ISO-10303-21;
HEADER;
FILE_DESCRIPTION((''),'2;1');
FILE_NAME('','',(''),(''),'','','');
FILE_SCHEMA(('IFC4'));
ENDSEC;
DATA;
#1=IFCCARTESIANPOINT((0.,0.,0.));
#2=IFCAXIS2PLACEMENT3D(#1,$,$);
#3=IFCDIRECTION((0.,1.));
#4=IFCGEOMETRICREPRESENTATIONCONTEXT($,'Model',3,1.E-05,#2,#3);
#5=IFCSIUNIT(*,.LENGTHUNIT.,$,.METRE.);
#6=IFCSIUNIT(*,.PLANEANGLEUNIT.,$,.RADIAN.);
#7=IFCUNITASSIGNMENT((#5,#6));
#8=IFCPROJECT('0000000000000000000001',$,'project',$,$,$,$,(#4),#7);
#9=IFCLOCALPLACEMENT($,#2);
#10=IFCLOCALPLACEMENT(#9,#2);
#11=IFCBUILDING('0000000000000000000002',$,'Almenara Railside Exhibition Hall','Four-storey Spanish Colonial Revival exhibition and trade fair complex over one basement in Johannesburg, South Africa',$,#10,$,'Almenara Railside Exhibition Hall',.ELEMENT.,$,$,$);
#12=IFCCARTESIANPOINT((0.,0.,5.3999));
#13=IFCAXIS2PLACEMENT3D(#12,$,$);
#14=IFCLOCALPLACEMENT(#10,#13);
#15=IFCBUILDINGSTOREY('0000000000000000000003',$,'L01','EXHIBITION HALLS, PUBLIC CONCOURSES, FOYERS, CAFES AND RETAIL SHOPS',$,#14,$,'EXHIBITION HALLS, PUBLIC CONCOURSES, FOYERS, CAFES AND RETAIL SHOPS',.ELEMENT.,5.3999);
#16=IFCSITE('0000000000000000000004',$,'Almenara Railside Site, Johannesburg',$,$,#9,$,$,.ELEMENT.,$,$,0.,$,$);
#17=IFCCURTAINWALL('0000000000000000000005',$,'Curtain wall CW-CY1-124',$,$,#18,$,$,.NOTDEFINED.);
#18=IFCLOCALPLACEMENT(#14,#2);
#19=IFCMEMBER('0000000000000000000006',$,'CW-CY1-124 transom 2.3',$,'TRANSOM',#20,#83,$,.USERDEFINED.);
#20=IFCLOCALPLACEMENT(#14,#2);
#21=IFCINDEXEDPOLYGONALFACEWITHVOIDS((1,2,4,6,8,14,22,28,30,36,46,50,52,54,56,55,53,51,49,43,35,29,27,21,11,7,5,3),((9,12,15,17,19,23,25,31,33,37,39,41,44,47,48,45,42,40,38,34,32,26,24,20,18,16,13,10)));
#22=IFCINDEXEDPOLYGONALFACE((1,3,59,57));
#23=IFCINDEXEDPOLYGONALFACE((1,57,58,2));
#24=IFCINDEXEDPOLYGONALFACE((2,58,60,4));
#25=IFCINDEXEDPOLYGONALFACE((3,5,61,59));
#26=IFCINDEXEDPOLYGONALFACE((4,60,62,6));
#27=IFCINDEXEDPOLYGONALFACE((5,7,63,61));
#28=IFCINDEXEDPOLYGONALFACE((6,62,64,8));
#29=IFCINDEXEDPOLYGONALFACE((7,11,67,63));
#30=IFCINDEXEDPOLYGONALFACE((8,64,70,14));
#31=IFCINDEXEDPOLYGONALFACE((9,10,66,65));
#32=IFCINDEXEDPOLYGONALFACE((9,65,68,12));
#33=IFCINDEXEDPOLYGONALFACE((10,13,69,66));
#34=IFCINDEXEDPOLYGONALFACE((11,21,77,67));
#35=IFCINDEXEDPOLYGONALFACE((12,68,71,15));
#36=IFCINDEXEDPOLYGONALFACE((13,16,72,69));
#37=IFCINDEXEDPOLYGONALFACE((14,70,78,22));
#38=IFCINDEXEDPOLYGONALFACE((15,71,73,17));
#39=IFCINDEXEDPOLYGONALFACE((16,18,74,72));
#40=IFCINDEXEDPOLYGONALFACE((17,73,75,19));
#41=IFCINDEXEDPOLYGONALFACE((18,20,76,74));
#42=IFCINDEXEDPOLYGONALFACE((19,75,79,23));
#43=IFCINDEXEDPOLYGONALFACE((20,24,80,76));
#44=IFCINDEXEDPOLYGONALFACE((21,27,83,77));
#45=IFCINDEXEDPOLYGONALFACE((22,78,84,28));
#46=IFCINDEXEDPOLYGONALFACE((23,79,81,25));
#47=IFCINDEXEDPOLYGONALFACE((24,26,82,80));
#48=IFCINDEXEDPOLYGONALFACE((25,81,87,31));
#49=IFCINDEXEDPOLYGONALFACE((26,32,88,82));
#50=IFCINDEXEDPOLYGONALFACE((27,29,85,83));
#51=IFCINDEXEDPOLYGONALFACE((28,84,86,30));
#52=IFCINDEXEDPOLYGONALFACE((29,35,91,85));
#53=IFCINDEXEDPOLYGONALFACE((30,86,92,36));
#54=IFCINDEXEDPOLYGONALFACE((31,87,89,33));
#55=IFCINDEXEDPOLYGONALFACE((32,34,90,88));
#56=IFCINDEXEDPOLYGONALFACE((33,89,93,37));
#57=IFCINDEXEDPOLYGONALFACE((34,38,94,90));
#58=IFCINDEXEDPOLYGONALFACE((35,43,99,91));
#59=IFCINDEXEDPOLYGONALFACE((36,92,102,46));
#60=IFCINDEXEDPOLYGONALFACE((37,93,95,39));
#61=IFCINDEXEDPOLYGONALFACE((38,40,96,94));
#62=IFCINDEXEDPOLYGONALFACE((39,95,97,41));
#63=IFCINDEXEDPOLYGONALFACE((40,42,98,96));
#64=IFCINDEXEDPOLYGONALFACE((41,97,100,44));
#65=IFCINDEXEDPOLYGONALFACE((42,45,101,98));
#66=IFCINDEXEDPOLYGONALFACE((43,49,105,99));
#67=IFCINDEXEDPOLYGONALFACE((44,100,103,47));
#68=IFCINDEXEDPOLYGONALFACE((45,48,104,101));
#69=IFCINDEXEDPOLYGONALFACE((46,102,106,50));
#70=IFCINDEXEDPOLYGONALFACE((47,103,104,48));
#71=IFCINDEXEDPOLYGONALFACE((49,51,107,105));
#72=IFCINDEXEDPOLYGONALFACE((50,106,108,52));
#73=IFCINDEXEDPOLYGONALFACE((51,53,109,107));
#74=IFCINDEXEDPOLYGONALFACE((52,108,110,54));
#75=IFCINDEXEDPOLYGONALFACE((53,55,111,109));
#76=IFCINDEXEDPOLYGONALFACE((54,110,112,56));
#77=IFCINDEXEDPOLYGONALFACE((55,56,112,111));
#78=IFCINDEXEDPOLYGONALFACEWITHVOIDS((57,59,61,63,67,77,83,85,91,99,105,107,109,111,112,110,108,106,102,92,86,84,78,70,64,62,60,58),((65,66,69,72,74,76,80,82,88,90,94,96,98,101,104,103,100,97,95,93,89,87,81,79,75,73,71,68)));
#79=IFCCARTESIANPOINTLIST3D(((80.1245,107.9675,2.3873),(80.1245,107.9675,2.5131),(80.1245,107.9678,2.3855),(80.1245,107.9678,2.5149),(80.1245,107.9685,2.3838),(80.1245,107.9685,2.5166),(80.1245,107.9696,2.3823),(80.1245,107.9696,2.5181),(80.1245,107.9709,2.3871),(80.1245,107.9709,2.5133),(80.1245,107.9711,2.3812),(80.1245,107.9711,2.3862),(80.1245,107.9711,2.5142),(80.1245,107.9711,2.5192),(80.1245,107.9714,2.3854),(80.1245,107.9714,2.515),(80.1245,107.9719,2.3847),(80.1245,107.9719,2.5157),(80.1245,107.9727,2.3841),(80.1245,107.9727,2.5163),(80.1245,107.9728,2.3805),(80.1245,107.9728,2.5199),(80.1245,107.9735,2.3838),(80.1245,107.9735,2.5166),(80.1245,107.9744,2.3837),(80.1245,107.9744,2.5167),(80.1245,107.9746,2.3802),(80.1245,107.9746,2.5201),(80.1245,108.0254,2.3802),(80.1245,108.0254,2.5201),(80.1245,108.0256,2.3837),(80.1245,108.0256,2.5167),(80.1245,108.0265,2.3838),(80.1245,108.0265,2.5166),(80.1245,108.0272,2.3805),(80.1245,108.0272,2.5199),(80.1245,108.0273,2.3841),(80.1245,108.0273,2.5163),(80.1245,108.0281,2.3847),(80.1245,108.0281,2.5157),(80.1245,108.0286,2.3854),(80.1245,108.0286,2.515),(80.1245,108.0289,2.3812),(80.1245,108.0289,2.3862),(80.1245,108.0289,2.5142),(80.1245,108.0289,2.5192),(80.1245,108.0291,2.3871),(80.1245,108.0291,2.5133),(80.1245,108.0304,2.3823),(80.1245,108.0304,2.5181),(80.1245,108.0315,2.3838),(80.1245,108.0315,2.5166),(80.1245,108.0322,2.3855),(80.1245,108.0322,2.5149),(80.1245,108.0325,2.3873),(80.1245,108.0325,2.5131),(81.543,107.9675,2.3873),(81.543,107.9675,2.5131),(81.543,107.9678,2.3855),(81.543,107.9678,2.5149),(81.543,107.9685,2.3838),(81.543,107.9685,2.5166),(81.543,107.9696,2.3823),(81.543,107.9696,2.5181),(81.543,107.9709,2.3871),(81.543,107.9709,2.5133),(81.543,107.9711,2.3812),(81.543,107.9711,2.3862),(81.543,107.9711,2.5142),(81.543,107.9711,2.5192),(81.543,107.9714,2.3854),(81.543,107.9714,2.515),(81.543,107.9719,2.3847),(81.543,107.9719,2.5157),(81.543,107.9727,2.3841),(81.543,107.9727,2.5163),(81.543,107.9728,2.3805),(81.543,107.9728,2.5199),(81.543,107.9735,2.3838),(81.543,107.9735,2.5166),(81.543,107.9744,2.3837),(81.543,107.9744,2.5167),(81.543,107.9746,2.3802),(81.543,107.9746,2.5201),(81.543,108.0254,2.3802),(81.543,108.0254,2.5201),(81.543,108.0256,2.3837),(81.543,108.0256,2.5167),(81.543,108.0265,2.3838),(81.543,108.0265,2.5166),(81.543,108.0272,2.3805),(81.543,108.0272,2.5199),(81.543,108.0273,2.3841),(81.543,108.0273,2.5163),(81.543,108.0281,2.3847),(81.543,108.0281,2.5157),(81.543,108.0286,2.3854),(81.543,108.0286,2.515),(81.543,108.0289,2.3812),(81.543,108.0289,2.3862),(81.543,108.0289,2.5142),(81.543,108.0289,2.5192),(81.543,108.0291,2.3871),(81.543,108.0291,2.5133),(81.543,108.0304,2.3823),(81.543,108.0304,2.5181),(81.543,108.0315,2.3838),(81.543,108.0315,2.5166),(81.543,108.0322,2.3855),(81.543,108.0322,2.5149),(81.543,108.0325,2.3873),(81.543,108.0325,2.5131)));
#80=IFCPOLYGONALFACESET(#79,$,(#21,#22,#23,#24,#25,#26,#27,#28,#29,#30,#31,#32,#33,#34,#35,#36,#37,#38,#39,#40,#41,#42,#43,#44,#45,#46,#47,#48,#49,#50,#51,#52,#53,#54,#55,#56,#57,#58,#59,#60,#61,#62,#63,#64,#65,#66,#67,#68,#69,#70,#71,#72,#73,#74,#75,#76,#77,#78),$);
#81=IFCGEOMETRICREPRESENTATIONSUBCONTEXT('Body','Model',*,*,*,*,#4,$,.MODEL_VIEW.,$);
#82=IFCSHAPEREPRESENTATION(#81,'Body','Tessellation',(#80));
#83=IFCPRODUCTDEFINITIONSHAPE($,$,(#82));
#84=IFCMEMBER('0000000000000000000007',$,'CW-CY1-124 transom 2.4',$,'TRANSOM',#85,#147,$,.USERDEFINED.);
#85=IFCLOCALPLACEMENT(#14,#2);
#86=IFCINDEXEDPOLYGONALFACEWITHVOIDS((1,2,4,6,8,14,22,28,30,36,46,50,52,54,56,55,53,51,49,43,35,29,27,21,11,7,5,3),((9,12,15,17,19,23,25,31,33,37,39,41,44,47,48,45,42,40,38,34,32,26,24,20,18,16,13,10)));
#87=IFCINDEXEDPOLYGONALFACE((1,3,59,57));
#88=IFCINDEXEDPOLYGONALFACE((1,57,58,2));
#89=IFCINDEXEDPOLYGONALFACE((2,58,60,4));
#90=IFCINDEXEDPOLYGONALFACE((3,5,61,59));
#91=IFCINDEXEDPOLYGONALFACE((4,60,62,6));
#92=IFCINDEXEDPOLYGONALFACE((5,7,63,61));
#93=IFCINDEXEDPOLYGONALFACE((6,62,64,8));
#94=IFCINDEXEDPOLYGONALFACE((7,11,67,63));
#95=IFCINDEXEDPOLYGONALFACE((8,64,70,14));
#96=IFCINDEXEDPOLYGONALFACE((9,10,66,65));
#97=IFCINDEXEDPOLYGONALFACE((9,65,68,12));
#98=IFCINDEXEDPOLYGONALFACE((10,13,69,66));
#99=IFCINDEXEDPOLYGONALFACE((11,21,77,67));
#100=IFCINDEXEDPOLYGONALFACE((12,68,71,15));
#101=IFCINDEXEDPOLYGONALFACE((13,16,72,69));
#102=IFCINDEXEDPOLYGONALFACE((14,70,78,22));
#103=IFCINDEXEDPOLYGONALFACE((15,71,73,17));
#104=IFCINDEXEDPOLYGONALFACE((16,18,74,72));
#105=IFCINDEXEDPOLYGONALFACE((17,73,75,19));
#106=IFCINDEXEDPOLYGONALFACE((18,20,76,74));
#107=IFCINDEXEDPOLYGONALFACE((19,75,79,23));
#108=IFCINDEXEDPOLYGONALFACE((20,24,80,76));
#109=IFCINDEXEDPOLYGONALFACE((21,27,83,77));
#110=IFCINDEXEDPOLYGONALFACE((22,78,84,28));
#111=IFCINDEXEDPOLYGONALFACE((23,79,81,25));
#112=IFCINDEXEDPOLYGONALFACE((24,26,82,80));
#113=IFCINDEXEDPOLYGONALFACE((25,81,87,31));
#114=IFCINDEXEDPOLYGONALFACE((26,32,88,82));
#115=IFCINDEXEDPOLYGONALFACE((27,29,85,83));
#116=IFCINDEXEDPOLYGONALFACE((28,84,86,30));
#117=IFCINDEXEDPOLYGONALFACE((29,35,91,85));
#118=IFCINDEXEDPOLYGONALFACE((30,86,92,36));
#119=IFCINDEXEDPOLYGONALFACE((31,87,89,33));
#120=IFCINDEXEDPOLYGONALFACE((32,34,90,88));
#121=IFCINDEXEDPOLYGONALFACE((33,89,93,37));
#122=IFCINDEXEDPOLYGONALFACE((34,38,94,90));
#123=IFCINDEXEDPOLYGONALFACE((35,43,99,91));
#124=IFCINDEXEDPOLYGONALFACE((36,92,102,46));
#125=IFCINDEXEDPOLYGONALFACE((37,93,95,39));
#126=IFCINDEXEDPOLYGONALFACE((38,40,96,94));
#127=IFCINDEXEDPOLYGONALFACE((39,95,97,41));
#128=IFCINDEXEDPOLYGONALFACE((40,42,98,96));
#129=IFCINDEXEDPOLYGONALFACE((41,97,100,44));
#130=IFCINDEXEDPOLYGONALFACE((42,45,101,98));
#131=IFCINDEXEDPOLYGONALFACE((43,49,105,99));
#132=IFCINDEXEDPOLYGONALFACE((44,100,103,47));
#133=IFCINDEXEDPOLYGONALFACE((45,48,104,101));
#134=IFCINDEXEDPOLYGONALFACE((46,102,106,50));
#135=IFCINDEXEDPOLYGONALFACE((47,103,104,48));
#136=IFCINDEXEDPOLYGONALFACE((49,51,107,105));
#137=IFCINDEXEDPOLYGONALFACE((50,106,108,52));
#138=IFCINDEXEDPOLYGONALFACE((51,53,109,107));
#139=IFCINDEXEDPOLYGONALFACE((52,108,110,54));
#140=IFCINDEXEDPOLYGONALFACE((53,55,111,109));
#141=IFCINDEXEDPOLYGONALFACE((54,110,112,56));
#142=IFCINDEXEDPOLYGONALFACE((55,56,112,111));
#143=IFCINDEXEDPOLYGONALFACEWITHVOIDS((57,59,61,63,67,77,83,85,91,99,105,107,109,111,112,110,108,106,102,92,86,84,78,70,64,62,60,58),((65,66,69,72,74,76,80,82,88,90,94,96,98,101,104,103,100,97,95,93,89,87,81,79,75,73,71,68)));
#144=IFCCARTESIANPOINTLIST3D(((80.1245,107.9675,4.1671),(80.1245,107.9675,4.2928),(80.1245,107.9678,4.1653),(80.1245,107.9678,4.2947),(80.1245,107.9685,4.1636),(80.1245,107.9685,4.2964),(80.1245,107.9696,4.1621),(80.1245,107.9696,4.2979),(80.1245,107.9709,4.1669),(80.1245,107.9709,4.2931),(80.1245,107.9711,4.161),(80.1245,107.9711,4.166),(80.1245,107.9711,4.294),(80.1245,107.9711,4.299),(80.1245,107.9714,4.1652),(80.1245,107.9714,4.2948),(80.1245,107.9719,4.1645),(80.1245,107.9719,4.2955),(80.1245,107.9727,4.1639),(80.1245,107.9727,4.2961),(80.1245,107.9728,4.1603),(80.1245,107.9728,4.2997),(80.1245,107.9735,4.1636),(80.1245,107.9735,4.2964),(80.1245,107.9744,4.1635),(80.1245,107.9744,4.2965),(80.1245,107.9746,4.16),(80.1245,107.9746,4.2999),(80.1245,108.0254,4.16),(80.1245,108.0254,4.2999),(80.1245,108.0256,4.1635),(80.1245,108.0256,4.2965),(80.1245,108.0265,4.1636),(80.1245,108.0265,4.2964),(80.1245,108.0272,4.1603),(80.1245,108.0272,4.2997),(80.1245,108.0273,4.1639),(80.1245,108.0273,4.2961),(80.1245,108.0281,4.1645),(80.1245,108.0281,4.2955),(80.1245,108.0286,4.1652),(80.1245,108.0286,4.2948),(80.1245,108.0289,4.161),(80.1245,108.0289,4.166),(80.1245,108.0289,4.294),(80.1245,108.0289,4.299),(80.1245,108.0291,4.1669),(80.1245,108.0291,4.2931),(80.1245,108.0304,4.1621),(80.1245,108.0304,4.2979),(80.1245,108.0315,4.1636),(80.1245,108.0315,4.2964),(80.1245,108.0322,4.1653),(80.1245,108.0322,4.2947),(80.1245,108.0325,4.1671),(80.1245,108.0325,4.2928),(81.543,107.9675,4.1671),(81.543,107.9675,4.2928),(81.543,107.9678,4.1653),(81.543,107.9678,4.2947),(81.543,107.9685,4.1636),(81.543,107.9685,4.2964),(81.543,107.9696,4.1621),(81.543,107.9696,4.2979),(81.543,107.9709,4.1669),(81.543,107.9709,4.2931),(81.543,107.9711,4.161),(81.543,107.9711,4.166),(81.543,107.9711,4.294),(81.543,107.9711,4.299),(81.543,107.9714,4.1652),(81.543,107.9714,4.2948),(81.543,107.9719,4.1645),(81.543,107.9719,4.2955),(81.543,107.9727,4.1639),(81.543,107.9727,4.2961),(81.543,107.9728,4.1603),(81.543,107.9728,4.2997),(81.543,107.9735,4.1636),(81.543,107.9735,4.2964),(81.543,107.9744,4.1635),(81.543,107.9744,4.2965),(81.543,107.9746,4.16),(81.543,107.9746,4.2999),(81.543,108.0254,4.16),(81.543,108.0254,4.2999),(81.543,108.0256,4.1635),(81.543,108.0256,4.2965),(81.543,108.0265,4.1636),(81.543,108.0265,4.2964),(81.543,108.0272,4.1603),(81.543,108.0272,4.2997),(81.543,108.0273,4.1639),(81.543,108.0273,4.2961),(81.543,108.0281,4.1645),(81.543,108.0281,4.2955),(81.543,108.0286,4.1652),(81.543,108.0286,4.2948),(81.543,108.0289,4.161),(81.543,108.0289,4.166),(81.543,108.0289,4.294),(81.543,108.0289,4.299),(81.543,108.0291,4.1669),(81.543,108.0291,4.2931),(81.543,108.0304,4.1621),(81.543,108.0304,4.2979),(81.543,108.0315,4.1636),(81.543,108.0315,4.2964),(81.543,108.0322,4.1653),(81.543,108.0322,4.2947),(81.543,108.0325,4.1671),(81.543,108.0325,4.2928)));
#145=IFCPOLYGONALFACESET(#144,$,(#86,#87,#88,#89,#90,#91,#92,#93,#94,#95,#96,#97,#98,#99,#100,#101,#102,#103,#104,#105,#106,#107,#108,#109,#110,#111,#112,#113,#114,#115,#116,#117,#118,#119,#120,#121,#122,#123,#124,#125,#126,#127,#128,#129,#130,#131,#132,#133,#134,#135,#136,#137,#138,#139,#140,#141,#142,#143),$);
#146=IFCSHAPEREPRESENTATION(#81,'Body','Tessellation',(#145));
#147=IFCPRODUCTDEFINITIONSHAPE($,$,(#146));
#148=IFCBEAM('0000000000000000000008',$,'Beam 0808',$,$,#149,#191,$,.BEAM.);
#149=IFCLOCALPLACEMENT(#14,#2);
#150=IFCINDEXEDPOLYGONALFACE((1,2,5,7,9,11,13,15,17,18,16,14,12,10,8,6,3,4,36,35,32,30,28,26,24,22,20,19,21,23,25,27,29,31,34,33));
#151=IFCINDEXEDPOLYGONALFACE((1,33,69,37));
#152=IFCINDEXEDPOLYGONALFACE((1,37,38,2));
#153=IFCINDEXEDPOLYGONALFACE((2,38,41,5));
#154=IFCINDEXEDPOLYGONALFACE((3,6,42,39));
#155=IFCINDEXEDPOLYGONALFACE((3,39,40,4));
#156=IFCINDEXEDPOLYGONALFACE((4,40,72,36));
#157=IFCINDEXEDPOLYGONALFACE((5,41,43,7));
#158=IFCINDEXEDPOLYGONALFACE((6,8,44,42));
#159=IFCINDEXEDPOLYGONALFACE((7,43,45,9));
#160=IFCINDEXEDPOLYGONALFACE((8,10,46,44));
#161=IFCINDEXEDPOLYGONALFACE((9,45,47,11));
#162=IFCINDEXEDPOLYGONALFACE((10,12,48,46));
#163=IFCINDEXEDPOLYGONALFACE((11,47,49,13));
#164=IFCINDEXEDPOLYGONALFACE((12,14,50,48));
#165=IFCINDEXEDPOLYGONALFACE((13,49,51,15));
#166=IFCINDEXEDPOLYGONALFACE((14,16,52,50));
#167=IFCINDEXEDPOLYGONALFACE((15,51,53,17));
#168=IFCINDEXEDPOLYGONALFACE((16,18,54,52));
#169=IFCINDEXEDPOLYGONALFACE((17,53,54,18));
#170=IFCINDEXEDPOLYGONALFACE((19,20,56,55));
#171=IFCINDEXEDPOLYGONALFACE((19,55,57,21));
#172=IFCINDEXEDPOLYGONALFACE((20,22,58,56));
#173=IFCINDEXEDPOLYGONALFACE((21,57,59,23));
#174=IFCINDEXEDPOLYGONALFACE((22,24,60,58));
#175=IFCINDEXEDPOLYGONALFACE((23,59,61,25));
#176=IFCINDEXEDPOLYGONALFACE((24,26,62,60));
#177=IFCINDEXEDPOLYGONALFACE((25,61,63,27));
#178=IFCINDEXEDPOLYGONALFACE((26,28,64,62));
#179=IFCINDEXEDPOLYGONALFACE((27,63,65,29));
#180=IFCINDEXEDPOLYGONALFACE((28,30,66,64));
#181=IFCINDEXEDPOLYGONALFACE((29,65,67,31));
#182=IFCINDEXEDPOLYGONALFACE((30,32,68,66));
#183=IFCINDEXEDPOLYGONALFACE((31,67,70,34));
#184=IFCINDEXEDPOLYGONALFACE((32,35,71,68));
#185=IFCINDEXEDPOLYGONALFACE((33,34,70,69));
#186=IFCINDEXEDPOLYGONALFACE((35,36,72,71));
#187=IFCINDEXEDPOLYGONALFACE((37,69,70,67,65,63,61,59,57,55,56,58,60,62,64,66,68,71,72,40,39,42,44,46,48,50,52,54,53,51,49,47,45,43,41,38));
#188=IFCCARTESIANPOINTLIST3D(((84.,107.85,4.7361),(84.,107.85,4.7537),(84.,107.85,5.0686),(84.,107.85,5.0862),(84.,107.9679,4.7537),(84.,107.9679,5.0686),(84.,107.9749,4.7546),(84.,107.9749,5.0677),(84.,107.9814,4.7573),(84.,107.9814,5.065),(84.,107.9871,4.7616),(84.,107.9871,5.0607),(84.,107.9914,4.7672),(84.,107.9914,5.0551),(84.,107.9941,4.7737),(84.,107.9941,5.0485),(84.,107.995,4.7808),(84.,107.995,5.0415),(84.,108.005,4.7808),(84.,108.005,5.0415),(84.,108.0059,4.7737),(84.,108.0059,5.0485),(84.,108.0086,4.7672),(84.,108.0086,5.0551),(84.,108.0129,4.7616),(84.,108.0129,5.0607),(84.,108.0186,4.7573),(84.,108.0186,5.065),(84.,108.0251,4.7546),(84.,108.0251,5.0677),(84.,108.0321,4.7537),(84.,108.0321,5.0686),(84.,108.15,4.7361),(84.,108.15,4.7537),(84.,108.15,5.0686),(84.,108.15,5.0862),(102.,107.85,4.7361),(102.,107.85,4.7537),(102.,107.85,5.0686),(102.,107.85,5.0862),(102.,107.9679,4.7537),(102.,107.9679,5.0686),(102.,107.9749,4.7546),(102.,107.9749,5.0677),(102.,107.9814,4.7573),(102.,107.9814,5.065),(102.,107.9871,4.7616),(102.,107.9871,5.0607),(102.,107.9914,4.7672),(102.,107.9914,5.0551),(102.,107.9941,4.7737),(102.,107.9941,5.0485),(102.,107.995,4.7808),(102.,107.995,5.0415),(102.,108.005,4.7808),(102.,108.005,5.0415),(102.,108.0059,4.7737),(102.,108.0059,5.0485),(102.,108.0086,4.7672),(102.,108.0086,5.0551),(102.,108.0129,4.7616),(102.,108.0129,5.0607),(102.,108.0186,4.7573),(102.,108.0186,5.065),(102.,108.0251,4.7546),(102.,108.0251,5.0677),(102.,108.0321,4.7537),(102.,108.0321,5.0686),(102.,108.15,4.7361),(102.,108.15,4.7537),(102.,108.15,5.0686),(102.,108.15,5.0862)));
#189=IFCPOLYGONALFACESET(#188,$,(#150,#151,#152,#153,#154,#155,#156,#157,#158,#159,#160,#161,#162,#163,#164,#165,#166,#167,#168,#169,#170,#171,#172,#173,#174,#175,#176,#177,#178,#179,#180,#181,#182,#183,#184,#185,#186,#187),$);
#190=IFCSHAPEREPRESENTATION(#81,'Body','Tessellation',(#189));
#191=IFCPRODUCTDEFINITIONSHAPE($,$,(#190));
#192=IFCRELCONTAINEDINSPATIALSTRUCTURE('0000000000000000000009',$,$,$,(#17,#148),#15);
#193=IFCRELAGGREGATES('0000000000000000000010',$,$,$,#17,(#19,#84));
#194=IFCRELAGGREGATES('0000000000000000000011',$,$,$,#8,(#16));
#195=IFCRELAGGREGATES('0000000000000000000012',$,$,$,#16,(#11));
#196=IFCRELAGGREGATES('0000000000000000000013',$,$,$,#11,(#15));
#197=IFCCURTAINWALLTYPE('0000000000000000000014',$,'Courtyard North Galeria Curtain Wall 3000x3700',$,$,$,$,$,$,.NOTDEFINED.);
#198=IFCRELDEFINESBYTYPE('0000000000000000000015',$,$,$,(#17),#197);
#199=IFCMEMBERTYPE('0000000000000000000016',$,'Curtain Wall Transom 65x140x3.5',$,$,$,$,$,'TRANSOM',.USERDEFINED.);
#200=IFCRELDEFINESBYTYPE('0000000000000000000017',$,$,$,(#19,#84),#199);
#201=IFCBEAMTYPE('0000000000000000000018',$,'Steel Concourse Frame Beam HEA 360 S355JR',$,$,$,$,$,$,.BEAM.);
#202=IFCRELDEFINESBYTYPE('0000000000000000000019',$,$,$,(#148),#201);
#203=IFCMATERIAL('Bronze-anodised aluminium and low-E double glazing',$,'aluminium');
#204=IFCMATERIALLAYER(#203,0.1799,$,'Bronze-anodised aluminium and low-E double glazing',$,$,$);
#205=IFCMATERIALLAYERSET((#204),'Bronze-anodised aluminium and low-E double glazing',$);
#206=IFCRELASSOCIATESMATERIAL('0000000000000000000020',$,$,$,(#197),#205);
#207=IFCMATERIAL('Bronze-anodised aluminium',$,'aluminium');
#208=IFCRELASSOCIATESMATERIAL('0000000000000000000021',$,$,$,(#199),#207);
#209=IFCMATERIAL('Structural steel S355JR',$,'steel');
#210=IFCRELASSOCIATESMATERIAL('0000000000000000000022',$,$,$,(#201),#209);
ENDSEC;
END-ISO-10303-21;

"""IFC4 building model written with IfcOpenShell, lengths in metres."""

from ifc_helpers import new_model, si_unit, direction, frame, origin, origin_2d, place, context, subcontext, project, spatial, hollow_rectangle, i_section, extrude, material, layer, layer_set, material_profile, profile_set, type_object, element, aggregate, save


model = new_model("IFC4")

# Units and contexts
model_context = context("Model", 3, precision=1e-05, world=origin(), true_north=direction((0.0, 1.0)))
body_context = subcontext(model_context, "Body", "Model", "MODEL_VIEW")
ifc_project = project(units=[si_unit("LENGTHUNIT", "METRE"), si_unit("PLANEANGLEUNIT", "RADIAN")], contexts=[model_context])

# Site, building, storey
site_placement = place(None, origin())
site = spatial("IfcSite", under=ifc_project, at=site_placement, Name="Almenara Railside Site, Johannesburg", CompositionType="ELEMENT", RefElevation=0.0)
building_placement = place(site_placement, origin())
building = spatial("IfcBuilding", under=site, at=building_placement, Name="Almenara Railside Exhibition Hall", Description="Four-storey Spanish Colonial Revival exhibition and trade fair complex over one basement in Johannesburg, South Africa", LongName="Almenara Railside Exhibition Hall", CompositionType="ELEMENT")
storey_placement = place(building_placement, frame((0.0, 0.0, 5.3999)))
storey = spatial("IfcBuildingStorey", under=building, at=storey_placement, Name="L01", Description="EXHIBITION HALLS, PUBLIC CONCOURSES, FOYERS, CAFES AND RETAIL SHOPS", LongName="EXHIBITION HALLS, PUBLIC CONCOURSES, FOYERS, CAFES AND RETAIL SHOPS", CompositionType="ELEMENT", Elevation=5.3999)

# Curtain wall
ifc_material_1 = material(Name="Bronze-anodised aluminium and low-E double glazing", Category="aluminium")
ifc_layer_1 = layer(ifc_material_1, 0.1799, Name="Bronze-anodised aluminium and low-E double glazing")
ifc_layer_set_1 = layer_set([ifc_layer_1], Name="Bronze-anodised aluminium and low-E double glazing")
curtain_wall_type = type_object("IfcCurtainWallType", Name="Courtyard North Galeria Curtain Wall 3000x3700", PredefinedType="NOTDEFINED", material=ifc_layer_set_1)
curtain_wall_1_placement = place(storey_placement, origin())
curtain_wall_1 = element("IfcCurtainWall", 1, at=curtain_wall_1_placement, inside=storey, type_object=curtain_wall_type, Name="Curtain wall CW-CY1-124", PredefinedType="NOTDEFINED")
ifc_material_2 = material(Name="Bronze-anodised aluminium", Category="aluminium")

# Members
ifc_material_profile_1 = material_profile(ifc_material_2, hollow_rectangle(XDim=0.0649, YDim=0.1399, WallThickness=0.0034, InnerFilletRadius=0.0034, OuterFilletRadius=0.0071, at=origin_2d()), Name="ALU-TRN 65x140x3.5")
ifc_profile_set_1 = profile_set([ifc_material_profile_1], Name="Bronze-anodised aluminium")
member_type_1 = type_object("IfcMemberType", Name="Curtain Wall Transom 65x140x3.5", ElementType="TRANSOM", PredefinedType="USERDEFINED", material=ifc_profile_set_1)
member_1_placement = place(storey_placement, frame((80.1245, 108.0, 2.4502), z_axis=(1.0, 0.0, 0.0), x_axis=(0.0, 1.0, 0.0)))
member_1 = element("IfcMember", 2, at=member_1_placement, type_object=member_type_1, Name="CW-CY1-124 transom 2.3", ObjectType="TRANSOM", PredefinedType="USERDEFINED", context=body_context, shape_type="SweptSolid", body=[
    extrude(hollow_rectangle(XDim=0.0649, YDim=0.1399, WallThickness=0.0034, InnerFilletRadius=0.0034, OuterFilletRadius=0.0071, at=origin_2d()), origin(), (0.0, 0.0, 1.0), 1.4185),
])
member_2_placement = place(storey_placement, frame((80.1245, 108.0, 4.23), z_axis=(1.0, 0.0, 0.0), x_axis=(0.0, 1.0, 0.0)))
member_2 = element("IfcMember", 3, at=member_2_placement, type_object=member_type_1, Name="CW-CY1-124 transom 2.4", ObjectType="TRANSOM", PredefinedType="USERDEFINED", context=body_context, shape_type="SweptSolid", body=[
    extrude(hollow_rectangle(XDim=0.0649, YDim=0.1399, WallThickness=0.0034, InnerFilletRadius=0.0034, OuterFilletRadius=0.0071, at=origin_2d()), origin(), (0.0, 0.0, 1.0), 1.4185),
])

# Beam
ifc_material_3 = material(Name="Structural steel S355JR", Category="steel")
ifc_material_profile_2 = material_profile(ifc_material_3, i_section(OverallWidth=0.3, OverallDepth=0.3501, WebThickness=0.01, FlangeThickness=0.0176, FilletRadius=0.0271, at=origin_2d()), Name="HEA 360")
ifc_profile_set_2 = profile_set([ifc_material_profile_2], Name="Structural steel S355JR")
beam_type = type_object("IfcBeamType", Name="Steel Concourse Frame Beam HEA 360 S355JR", PredefinedType="BEAM", material=ifc_profile_set_2)
beam_placement = place(storey_placement, frame((84.0, 108.0, 4.9111), z_axis=(1.0, 0.0, 0.0), x_axis=(0.0, 1.0, 0.0)))
element("IfcBeam", 4, at=beam_placement, inside=storey, type_object=beam_type, Name="Beam 0808", PredefinedType="BEAM", context=body_context, shape_type="SweptSolid", body=[
    extrude(i_section(OverallWidth=0.3, OverallDepth=0.3501, WebThickness=0.01, FlangeThickness=0.0176, FilletRadius=0.0271, at=origin_2d()), origin(), (0.0, 0.0, 1.0), 18.0),
])

aggregate(curtain_wall_1, [member_1, member_2])

save(model, "model.ifc")
